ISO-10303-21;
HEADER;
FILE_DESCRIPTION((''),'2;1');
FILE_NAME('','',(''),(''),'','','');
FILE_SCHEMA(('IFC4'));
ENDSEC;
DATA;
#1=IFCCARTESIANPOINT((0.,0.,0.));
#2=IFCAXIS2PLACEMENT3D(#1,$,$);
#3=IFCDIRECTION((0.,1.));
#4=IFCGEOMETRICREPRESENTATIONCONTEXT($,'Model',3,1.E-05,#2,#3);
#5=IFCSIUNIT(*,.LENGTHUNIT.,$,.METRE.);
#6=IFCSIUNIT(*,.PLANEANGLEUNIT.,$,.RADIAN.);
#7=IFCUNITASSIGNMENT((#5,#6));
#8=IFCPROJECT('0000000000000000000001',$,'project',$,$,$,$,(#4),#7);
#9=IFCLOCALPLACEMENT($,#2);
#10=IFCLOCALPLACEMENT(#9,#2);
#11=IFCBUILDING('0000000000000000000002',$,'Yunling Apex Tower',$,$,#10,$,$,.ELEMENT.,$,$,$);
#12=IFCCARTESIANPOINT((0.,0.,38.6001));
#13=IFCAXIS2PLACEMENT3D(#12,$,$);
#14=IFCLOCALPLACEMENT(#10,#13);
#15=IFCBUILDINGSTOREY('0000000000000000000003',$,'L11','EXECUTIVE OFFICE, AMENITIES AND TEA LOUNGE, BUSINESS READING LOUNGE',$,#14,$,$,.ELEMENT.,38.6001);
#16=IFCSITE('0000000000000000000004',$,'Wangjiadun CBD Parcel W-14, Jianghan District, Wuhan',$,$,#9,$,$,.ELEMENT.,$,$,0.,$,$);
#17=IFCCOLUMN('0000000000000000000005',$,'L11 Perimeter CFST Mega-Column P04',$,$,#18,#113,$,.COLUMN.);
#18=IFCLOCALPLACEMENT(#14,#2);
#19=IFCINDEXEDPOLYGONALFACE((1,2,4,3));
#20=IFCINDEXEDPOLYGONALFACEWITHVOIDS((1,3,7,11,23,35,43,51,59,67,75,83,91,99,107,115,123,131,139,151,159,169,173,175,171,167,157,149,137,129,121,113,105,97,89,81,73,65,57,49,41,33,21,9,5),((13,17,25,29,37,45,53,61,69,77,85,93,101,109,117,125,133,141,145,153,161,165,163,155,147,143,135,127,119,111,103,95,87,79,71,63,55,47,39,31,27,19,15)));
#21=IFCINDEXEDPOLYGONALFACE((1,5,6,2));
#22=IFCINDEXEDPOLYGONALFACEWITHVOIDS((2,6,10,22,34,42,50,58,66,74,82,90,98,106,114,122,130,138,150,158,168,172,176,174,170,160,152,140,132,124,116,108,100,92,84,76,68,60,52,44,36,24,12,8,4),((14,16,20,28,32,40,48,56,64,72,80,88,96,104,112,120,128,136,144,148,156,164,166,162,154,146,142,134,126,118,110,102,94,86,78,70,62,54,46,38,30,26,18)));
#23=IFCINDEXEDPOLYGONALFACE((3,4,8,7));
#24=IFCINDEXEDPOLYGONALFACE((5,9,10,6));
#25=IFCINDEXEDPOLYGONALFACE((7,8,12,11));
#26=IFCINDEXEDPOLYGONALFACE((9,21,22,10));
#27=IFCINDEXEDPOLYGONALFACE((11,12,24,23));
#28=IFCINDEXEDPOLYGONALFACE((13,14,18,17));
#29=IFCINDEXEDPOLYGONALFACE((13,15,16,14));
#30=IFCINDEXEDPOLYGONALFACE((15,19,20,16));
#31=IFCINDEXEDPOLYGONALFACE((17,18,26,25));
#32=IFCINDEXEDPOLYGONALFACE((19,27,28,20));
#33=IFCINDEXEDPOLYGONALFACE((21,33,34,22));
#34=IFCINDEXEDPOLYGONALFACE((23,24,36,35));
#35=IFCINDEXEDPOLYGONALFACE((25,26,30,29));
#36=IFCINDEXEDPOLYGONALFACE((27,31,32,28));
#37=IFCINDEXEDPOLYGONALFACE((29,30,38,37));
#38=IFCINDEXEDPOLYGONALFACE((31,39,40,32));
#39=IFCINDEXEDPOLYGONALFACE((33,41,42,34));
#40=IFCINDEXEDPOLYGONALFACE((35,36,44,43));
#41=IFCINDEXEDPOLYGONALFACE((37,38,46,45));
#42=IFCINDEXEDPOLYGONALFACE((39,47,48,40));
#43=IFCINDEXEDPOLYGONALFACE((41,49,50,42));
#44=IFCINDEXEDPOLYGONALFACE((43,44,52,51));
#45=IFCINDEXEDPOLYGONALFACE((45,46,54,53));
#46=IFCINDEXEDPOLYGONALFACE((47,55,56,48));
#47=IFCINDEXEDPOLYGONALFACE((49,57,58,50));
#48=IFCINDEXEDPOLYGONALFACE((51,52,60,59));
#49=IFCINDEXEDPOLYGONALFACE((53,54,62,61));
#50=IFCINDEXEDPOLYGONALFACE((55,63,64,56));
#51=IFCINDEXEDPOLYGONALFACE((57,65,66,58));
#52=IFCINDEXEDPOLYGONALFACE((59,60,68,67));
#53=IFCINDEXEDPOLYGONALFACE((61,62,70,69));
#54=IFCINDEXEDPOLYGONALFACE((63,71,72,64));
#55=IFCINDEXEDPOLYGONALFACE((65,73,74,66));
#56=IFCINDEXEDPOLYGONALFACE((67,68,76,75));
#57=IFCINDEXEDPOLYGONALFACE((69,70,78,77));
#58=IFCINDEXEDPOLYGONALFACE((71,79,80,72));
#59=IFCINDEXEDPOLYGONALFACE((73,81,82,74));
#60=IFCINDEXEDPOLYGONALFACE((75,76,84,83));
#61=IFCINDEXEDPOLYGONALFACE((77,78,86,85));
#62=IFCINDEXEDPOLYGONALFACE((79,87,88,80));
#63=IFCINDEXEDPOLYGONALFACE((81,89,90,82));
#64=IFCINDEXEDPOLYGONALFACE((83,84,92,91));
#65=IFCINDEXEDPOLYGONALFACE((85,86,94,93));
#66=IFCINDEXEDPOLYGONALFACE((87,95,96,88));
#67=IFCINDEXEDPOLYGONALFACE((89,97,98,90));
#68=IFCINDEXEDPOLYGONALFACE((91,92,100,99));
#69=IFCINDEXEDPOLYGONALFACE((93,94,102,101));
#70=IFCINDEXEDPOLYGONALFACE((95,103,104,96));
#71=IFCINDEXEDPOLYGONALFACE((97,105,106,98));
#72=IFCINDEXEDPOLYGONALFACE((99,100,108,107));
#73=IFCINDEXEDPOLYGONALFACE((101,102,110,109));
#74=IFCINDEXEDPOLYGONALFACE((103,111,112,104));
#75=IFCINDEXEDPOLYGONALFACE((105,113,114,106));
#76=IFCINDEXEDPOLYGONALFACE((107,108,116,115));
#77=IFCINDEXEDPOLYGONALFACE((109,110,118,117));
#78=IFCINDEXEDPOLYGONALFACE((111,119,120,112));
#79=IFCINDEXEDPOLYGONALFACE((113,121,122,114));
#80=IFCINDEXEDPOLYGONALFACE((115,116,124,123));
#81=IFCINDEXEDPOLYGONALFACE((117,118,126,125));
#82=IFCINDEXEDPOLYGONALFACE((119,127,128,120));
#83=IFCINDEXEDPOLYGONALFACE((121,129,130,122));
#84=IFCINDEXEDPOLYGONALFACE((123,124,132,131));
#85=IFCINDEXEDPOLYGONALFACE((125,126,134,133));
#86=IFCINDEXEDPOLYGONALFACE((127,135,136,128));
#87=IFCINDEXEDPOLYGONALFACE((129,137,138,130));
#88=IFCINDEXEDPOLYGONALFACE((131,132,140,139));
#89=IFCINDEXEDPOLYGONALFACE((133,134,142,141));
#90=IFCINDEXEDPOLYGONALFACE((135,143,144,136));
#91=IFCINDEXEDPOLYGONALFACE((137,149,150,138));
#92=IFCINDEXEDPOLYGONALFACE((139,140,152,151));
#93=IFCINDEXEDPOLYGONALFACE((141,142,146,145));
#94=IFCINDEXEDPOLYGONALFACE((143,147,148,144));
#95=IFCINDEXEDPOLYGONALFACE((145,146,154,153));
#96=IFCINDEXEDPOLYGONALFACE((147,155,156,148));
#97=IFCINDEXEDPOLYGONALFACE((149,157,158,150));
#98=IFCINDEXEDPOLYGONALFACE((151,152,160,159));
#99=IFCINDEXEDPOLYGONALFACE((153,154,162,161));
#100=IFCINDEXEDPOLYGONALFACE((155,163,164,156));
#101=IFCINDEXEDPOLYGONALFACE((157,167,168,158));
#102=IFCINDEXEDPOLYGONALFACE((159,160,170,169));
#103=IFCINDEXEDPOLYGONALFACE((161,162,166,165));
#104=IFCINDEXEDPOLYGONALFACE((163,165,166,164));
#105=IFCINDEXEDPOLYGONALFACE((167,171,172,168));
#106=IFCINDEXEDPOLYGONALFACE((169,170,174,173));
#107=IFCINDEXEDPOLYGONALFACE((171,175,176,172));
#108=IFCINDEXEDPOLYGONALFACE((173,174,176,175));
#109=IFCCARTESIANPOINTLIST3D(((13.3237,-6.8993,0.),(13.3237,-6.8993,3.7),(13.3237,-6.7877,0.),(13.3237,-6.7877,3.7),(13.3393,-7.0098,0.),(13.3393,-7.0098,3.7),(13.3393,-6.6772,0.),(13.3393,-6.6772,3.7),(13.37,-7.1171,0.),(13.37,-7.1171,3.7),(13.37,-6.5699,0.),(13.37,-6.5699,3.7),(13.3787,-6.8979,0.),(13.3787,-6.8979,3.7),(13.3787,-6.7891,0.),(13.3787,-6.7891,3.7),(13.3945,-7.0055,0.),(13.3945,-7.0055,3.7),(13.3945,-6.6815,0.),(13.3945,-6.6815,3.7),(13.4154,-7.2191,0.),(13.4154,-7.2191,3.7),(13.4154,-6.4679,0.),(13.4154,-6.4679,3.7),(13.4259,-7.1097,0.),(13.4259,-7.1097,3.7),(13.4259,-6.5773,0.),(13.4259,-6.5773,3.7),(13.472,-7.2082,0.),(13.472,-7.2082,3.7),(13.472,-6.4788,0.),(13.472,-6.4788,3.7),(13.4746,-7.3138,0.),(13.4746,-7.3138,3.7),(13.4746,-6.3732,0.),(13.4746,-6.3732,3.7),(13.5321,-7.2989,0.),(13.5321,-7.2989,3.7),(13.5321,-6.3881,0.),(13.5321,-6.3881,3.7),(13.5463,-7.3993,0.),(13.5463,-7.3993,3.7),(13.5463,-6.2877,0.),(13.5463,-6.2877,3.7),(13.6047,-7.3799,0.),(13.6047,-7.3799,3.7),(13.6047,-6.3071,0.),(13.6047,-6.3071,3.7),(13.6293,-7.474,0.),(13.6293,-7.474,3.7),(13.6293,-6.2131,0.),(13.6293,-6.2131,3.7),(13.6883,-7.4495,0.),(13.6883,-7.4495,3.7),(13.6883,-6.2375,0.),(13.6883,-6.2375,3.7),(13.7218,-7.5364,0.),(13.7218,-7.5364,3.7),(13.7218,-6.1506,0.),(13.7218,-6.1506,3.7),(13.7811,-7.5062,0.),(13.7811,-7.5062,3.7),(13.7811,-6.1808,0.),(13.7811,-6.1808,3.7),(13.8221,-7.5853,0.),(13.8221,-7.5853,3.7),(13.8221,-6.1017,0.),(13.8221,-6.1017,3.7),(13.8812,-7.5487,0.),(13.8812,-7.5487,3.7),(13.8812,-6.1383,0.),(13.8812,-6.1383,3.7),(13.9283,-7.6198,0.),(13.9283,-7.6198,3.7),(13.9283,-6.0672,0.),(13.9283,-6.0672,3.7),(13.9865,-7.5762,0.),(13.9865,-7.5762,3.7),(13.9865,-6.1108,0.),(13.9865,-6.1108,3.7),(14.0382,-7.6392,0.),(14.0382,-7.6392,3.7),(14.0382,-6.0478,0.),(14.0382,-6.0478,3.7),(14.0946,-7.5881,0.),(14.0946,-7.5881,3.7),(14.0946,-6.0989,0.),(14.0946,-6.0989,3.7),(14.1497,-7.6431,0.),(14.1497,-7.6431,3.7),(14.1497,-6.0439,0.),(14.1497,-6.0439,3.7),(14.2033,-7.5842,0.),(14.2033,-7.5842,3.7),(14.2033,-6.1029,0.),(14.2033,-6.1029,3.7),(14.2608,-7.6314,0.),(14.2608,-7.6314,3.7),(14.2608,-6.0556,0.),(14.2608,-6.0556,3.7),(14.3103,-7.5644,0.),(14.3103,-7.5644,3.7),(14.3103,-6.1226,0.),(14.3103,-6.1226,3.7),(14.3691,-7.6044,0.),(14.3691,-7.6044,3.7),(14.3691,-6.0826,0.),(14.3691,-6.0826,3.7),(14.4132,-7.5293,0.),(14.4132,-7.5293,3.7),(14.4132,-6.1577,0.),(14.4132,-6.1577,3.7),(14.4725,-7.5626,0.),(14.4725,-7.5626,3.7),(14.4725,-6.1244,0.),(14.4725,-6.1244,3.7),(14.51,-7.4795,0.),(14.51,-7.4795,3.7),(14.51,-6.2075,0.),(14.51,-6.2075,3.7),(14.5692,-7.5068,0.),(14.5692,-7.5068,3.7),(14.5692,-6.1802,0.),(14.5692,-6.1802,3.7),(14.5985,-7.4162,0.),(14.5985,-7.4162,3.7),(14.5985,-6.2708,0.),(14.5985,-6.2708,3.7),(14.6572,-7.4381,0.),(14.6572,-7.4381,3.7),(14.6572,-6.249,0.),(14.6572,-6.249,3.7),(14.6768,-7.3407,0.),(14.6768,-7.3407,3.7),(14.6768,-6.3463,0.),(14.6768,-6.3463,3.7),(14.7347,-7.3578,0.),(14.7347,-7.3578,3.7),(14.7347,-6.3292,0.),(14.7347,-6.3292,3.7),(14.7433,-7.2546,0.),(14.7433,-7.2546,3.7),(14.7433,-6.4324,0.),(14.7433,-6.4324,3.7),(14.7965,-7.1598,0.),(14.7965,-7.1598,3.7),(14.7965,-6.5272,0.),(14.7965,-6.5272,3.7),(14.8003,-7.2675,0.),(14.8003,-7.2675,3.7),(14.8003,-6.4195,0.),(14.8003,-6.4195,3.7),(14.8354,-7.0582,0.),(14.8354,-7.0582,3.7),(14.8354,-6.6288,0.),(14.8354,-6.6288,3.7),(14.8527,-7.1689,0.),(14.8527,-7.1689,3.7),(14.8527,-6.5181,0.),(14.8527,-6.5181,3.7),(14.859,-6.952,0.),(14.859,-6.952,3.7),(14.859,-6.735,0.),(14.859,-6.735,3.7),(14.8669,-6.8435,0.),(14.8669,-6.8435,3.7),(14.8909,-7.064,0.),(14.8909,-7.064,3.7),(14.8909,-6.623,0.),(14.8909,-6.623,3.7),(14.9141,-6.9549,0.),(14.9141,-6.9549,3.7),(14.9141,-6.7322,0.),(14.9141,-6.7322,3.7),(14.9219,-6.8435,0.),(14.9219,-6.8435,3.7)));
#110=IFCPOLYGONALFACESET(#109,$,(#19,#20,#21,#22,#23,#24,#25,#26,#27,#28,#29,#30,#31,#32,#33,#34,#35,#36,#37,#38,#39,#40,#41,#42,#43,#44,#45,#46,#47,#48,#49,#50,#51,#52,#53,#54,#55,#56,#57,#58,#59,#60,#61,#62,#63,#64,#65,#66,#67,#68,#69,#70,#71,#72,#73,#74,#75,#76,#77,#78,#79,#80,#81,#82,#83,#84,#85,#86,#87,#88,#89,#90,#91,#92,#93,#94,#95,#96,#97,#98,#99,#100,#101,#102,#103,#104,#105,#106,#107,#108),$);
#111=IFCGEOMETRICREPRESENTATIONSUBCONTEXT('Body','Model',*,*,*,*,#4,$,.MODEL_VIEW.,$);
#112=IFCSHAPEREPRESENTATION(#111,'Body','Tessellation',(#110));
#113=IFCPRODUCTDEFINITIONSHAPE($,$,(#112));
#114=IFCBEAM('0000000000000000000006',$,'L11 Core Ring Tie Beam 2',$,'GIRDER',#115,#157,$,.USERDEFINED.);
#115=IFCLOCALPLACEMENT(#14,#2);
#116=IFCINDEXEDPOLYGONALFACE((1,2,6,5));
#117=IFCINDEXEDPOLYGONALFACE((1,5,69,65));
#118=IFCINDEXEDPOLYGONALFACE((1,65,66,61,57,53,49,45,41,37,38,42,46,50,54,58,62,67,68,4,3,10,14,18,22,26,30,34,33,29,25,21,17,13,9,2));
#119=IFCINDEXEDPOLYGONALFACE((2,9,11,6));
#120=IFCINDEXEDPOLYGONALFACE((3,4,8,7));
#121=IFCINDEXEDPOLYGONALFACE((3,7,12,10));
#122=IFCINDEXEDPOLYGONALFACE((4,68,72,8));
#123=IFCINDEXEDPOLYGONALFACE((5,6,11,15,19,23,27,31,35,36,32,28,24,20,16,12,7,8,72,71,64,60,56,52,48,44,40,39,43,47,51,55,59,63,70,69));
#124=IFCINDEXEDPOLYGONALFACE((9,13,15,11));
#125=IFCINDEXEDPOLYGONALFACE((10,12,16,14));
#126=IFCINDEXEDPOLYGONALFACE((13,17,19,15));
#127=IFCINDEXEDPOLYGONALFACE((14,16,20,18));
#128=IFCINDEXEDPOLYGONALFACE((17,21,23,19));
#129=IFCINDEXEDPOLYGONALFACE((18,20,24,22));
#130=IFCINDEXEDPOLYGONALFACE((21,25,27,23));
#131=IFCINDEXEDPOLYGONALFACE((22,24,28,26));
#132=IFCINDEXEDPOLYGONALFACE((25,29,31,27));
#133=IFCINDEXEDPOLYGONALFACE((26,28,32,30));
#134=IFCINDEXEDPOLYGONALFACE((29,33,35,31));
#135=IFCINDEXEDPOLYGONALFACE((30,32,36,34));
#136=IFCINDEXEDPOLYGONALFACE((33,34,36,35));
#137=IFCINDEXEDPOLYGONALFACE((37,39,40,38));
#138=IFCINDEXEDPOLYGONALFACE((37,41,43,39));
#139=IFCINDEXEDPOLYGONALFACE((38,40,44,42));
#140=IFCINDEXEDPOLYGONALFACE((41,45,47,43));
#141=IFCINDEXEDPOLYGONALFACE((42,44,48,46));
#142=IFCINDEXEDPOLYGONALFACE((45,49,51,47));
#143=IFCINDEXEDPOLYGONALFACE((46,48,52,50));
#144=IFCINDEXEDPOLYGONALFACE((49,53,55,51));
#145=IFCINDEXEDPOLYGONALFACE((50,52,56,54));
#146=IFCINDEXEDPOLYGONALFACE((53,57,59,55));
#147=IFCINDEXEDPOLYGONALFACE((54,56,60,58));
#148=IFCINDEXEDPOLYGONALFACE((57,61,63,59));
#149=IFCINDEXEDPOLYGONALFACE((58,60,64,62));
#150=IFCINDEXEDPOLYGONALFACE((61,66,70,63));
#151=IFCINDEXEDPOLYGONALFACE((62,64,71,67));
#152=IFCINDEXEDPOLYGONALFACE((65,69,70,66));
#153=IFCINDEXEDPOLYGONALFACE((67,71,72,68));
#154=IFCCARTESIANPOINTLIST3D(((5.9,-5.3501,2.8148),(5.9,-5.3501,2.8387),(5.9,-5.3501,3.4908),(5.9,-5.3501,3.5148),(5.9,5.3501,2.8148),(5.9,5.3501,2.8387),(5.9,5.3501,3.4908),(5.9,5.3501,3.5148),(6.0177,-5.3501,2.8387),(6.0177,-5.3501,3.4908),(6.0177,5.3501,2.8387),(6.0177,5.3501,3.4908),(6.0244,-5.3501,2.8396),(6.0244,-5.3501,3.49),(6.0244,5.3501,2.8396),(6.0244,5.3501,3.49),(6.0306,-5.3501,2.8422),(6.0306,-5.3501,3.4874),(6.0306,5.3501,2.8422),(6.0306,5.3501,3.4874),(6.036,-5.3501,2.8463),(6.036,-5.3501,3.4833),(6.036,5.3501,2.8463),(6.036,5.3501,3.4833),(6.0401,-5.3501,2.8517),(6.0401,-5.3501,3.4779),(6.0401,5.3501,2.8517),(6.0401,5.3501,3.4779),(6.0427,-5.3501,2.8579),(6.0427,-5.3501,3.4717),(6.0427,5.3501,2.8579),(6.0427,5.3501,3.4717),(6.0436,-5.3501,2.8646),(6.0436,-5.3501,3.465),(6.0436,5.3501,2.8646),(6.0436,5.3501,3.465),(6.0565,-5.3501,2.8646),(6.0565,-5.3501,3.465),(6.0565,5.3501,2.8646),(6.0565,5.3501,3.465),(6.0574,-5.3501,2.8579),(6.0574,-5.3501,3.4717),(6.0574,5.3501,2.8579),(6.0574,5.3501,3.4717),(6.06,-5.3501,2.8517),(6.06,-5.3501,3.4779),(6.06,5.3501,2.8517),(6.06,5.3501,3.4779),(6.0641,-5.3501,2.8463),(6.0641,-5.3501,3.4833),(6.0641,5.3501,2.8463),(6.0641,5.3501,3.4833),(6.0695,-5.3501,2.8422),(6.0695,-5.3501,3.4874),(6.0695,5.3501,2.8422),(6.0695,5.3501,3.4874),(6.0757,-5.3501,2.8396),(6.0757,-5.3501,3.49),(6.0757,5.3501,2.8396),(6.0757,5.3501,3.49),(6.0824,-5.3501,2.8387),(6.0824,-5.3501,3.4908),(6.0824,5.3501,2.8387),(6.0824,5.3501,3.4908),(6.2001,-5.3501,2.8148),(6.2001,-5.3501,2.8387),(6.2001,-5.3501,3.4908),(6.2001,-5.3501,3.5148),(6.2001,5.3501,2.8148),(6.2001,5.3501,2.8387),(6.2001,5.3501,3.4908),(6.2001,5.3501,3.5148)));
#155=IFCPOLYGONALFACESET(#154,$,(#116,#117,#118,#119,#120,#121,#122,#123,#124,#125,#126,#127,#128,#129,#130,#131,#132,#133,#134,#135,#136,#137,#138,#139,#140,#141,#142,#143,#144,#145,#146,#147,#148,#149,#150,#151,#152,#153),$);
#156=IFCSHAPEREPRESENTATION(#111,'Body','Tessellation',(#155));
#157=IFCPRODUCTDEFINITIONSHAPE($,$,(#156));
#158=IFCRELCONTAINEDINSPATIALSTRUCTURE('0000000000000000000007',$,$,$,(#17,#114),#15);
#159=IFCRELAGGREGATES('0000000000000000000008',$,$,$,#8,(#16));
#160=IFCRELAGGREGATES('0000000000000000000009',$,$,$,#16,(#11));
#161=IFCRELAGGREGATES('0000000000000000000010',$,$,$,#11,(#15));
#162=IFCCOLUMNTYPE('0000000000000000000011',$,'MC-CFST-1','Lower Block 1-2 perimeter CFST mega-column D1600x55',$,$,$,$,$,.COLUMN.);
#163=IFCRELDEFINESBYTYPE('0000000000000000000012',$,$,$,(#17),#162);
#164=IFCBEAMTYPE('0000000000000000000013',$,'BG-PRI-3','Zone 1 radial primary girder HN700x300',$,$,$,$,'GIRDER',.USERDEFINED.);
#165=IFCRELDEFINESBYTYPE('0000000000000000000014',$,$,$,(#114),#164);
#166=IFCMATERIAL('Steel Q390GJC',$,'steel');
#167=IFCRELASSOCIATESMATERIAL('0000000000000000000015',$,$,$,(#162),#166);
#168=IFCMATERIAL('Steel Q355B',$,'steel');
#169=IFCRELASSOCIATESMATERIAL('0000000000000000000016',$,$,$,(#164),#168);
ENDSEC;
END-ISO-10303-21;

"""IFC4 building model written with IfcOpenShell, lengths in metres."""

from ifc_helpers import new_model, si_unit, direction, frame, origin, origin_2d, place, context, subcontext, project, spatial, hollow_circle, i_section, extrude, source, transform, mapped, material, material_profile, profile_set, type_object, element, save


model = new_model("IFC4")

# Units and contexts
model_context = context("Model", 3, precision=1e-05, world=origin(), true_north=direction((0.0, 1.0)))
body_context = subcontext(model_context, "Body", "Model", "MODEL_VIEW")
ifc_project = project(units=[si_unit("LENGTHUNIT", "METRE"), si_unit("PLANEANGLEUNIT", "RADIAN")], contexts=[model_context])

# Site, building, storey
site_placement = place(None, origin())
site = spatial("IfcSite", under=ifc_project, at=site_placement, Name="Wangjiadun CBD Parcel W-14, Jianghan District, Wuhan", CompositionType="ELEMENT", RefElevation=0.0)
building_placement = place(site_placement, origin())
building = spatial("IfcBuilding", under=site, at=building_placement, Name="Yunling Apex Tower", CompositionType="ELEMENT")
storey_placement = place(building_placement, frame((0.0, 0.0, 38.6001)))
storey = spatial("IfcBuildingStorey", under=building, at=storey_placement, Name="L11", Description="EXECUTIVE OFFICE, AMENITIES AND TEA LOUNGE, BUSINESS READING LOUNGE", CompositionType="ELEMENT", Elevation=38.6001)

# Column
ifc_material_1 = material(Name="Steel Q390GJC", Category="steel")
ifc_material_profile_1 = material_profile(ifc_material_1, hollow_circle(Radius=0.8, WallThickness=0.0549, at=origin_2d()))
ifc_profile_set_1 = profile_set([ifc_material_profile_1], Name="Steel Q390GJC")
column_type_1 = type_object("IfcColumnType", Name="MC-CFST-1", Description="Lower Block 1-2 perimeter CFST mega-column D1600x55", PredefinedType="COLUMN", material=ifc_profile_set_1)
shared_shape_1 = source(origin(), body_context, "Body", "SweptSolid", [
    extrude(hollow_circle(Radius=0.8, WallThickness=0.0549, at=origin_2d()), origin(), (0.0, 0.0, 1.0), 3.7),
])
for number, where, z_axis, x_axis, name in (
    (1, (14.1218, -6.8435, 0.0), (0.0, 0.0, 1.0), (1.0, 0.0, 0.0), "L11 Perimeter CFST Mega-Column P04"),
):
    element("IfcColumn", number, at=place(storey_placement, frame(where, z_axis=z_axis, x_axis=x_axis)), inside=storey, type_object=column_type_1, Name=name, PredefinedType="COLUMN", context=body_context, shape_type="MappedRepresentation", body=[
        mapped(shared_shape_1, transform((0.0, 0.0, 0.0), scale=1.0)),
    ])

# Beam
ifc_material_2 = material(Name="Steel Q355B", Category="steel")
ifc_material_profile_2 = material_profile(ifc_material_2, i_section(OverallWidth=0.3, OverallDepth=0.7, WebThickness=0.0129, FlangeThickness=0.0239, FilletRadius=0.0259, at=origin_2d()))
ifc_profile_set_2 = profile_set([ifc_material_profile_2], Name="Steel Q355B")
beam_type_1 = type_object("IfcBeamType", Name="BG-PRI-3", Description="Zone 1 radial primary girder HN700x300", ElementType="GIRDER", PredefinedType="USERDEFINED", material=ifc_profile_set_2)
shared_shape_2 = source(origin(), body_context, "Body", "SweptSolid", [
    extrude(i_section(OverallWidth=0.3, OverallDepth=0.7, WebThickness=0.0129, FlangeThickness=0.0239, FilletRadius=0.0259, at=origin_2d()), origin(), (0.0, 0.0, 1.0), 10.7002),
])
beam_1_placement = place(storey_placement, frame((6.05, -5.3501, 3.1648), z_axis=(0.0, 1.0, 0.0), x_axis=(-1.0, 0.0, 0.0)))
element("IfcBeam", 2, at=beam_1_placement, inside=storey, type_object=beam_type_1, Name="L11 Core Ring Tie Beam 2", ObjectType="GIRDER", PredefinedType="USERDEFINED", context=body_context, shape_type="MappedRepresentation", body=[
    mapped(shared_shape_2, transform((0.0, 0.0, 0.0), scale=1.0)),
])

save(model, "model.ifc")
